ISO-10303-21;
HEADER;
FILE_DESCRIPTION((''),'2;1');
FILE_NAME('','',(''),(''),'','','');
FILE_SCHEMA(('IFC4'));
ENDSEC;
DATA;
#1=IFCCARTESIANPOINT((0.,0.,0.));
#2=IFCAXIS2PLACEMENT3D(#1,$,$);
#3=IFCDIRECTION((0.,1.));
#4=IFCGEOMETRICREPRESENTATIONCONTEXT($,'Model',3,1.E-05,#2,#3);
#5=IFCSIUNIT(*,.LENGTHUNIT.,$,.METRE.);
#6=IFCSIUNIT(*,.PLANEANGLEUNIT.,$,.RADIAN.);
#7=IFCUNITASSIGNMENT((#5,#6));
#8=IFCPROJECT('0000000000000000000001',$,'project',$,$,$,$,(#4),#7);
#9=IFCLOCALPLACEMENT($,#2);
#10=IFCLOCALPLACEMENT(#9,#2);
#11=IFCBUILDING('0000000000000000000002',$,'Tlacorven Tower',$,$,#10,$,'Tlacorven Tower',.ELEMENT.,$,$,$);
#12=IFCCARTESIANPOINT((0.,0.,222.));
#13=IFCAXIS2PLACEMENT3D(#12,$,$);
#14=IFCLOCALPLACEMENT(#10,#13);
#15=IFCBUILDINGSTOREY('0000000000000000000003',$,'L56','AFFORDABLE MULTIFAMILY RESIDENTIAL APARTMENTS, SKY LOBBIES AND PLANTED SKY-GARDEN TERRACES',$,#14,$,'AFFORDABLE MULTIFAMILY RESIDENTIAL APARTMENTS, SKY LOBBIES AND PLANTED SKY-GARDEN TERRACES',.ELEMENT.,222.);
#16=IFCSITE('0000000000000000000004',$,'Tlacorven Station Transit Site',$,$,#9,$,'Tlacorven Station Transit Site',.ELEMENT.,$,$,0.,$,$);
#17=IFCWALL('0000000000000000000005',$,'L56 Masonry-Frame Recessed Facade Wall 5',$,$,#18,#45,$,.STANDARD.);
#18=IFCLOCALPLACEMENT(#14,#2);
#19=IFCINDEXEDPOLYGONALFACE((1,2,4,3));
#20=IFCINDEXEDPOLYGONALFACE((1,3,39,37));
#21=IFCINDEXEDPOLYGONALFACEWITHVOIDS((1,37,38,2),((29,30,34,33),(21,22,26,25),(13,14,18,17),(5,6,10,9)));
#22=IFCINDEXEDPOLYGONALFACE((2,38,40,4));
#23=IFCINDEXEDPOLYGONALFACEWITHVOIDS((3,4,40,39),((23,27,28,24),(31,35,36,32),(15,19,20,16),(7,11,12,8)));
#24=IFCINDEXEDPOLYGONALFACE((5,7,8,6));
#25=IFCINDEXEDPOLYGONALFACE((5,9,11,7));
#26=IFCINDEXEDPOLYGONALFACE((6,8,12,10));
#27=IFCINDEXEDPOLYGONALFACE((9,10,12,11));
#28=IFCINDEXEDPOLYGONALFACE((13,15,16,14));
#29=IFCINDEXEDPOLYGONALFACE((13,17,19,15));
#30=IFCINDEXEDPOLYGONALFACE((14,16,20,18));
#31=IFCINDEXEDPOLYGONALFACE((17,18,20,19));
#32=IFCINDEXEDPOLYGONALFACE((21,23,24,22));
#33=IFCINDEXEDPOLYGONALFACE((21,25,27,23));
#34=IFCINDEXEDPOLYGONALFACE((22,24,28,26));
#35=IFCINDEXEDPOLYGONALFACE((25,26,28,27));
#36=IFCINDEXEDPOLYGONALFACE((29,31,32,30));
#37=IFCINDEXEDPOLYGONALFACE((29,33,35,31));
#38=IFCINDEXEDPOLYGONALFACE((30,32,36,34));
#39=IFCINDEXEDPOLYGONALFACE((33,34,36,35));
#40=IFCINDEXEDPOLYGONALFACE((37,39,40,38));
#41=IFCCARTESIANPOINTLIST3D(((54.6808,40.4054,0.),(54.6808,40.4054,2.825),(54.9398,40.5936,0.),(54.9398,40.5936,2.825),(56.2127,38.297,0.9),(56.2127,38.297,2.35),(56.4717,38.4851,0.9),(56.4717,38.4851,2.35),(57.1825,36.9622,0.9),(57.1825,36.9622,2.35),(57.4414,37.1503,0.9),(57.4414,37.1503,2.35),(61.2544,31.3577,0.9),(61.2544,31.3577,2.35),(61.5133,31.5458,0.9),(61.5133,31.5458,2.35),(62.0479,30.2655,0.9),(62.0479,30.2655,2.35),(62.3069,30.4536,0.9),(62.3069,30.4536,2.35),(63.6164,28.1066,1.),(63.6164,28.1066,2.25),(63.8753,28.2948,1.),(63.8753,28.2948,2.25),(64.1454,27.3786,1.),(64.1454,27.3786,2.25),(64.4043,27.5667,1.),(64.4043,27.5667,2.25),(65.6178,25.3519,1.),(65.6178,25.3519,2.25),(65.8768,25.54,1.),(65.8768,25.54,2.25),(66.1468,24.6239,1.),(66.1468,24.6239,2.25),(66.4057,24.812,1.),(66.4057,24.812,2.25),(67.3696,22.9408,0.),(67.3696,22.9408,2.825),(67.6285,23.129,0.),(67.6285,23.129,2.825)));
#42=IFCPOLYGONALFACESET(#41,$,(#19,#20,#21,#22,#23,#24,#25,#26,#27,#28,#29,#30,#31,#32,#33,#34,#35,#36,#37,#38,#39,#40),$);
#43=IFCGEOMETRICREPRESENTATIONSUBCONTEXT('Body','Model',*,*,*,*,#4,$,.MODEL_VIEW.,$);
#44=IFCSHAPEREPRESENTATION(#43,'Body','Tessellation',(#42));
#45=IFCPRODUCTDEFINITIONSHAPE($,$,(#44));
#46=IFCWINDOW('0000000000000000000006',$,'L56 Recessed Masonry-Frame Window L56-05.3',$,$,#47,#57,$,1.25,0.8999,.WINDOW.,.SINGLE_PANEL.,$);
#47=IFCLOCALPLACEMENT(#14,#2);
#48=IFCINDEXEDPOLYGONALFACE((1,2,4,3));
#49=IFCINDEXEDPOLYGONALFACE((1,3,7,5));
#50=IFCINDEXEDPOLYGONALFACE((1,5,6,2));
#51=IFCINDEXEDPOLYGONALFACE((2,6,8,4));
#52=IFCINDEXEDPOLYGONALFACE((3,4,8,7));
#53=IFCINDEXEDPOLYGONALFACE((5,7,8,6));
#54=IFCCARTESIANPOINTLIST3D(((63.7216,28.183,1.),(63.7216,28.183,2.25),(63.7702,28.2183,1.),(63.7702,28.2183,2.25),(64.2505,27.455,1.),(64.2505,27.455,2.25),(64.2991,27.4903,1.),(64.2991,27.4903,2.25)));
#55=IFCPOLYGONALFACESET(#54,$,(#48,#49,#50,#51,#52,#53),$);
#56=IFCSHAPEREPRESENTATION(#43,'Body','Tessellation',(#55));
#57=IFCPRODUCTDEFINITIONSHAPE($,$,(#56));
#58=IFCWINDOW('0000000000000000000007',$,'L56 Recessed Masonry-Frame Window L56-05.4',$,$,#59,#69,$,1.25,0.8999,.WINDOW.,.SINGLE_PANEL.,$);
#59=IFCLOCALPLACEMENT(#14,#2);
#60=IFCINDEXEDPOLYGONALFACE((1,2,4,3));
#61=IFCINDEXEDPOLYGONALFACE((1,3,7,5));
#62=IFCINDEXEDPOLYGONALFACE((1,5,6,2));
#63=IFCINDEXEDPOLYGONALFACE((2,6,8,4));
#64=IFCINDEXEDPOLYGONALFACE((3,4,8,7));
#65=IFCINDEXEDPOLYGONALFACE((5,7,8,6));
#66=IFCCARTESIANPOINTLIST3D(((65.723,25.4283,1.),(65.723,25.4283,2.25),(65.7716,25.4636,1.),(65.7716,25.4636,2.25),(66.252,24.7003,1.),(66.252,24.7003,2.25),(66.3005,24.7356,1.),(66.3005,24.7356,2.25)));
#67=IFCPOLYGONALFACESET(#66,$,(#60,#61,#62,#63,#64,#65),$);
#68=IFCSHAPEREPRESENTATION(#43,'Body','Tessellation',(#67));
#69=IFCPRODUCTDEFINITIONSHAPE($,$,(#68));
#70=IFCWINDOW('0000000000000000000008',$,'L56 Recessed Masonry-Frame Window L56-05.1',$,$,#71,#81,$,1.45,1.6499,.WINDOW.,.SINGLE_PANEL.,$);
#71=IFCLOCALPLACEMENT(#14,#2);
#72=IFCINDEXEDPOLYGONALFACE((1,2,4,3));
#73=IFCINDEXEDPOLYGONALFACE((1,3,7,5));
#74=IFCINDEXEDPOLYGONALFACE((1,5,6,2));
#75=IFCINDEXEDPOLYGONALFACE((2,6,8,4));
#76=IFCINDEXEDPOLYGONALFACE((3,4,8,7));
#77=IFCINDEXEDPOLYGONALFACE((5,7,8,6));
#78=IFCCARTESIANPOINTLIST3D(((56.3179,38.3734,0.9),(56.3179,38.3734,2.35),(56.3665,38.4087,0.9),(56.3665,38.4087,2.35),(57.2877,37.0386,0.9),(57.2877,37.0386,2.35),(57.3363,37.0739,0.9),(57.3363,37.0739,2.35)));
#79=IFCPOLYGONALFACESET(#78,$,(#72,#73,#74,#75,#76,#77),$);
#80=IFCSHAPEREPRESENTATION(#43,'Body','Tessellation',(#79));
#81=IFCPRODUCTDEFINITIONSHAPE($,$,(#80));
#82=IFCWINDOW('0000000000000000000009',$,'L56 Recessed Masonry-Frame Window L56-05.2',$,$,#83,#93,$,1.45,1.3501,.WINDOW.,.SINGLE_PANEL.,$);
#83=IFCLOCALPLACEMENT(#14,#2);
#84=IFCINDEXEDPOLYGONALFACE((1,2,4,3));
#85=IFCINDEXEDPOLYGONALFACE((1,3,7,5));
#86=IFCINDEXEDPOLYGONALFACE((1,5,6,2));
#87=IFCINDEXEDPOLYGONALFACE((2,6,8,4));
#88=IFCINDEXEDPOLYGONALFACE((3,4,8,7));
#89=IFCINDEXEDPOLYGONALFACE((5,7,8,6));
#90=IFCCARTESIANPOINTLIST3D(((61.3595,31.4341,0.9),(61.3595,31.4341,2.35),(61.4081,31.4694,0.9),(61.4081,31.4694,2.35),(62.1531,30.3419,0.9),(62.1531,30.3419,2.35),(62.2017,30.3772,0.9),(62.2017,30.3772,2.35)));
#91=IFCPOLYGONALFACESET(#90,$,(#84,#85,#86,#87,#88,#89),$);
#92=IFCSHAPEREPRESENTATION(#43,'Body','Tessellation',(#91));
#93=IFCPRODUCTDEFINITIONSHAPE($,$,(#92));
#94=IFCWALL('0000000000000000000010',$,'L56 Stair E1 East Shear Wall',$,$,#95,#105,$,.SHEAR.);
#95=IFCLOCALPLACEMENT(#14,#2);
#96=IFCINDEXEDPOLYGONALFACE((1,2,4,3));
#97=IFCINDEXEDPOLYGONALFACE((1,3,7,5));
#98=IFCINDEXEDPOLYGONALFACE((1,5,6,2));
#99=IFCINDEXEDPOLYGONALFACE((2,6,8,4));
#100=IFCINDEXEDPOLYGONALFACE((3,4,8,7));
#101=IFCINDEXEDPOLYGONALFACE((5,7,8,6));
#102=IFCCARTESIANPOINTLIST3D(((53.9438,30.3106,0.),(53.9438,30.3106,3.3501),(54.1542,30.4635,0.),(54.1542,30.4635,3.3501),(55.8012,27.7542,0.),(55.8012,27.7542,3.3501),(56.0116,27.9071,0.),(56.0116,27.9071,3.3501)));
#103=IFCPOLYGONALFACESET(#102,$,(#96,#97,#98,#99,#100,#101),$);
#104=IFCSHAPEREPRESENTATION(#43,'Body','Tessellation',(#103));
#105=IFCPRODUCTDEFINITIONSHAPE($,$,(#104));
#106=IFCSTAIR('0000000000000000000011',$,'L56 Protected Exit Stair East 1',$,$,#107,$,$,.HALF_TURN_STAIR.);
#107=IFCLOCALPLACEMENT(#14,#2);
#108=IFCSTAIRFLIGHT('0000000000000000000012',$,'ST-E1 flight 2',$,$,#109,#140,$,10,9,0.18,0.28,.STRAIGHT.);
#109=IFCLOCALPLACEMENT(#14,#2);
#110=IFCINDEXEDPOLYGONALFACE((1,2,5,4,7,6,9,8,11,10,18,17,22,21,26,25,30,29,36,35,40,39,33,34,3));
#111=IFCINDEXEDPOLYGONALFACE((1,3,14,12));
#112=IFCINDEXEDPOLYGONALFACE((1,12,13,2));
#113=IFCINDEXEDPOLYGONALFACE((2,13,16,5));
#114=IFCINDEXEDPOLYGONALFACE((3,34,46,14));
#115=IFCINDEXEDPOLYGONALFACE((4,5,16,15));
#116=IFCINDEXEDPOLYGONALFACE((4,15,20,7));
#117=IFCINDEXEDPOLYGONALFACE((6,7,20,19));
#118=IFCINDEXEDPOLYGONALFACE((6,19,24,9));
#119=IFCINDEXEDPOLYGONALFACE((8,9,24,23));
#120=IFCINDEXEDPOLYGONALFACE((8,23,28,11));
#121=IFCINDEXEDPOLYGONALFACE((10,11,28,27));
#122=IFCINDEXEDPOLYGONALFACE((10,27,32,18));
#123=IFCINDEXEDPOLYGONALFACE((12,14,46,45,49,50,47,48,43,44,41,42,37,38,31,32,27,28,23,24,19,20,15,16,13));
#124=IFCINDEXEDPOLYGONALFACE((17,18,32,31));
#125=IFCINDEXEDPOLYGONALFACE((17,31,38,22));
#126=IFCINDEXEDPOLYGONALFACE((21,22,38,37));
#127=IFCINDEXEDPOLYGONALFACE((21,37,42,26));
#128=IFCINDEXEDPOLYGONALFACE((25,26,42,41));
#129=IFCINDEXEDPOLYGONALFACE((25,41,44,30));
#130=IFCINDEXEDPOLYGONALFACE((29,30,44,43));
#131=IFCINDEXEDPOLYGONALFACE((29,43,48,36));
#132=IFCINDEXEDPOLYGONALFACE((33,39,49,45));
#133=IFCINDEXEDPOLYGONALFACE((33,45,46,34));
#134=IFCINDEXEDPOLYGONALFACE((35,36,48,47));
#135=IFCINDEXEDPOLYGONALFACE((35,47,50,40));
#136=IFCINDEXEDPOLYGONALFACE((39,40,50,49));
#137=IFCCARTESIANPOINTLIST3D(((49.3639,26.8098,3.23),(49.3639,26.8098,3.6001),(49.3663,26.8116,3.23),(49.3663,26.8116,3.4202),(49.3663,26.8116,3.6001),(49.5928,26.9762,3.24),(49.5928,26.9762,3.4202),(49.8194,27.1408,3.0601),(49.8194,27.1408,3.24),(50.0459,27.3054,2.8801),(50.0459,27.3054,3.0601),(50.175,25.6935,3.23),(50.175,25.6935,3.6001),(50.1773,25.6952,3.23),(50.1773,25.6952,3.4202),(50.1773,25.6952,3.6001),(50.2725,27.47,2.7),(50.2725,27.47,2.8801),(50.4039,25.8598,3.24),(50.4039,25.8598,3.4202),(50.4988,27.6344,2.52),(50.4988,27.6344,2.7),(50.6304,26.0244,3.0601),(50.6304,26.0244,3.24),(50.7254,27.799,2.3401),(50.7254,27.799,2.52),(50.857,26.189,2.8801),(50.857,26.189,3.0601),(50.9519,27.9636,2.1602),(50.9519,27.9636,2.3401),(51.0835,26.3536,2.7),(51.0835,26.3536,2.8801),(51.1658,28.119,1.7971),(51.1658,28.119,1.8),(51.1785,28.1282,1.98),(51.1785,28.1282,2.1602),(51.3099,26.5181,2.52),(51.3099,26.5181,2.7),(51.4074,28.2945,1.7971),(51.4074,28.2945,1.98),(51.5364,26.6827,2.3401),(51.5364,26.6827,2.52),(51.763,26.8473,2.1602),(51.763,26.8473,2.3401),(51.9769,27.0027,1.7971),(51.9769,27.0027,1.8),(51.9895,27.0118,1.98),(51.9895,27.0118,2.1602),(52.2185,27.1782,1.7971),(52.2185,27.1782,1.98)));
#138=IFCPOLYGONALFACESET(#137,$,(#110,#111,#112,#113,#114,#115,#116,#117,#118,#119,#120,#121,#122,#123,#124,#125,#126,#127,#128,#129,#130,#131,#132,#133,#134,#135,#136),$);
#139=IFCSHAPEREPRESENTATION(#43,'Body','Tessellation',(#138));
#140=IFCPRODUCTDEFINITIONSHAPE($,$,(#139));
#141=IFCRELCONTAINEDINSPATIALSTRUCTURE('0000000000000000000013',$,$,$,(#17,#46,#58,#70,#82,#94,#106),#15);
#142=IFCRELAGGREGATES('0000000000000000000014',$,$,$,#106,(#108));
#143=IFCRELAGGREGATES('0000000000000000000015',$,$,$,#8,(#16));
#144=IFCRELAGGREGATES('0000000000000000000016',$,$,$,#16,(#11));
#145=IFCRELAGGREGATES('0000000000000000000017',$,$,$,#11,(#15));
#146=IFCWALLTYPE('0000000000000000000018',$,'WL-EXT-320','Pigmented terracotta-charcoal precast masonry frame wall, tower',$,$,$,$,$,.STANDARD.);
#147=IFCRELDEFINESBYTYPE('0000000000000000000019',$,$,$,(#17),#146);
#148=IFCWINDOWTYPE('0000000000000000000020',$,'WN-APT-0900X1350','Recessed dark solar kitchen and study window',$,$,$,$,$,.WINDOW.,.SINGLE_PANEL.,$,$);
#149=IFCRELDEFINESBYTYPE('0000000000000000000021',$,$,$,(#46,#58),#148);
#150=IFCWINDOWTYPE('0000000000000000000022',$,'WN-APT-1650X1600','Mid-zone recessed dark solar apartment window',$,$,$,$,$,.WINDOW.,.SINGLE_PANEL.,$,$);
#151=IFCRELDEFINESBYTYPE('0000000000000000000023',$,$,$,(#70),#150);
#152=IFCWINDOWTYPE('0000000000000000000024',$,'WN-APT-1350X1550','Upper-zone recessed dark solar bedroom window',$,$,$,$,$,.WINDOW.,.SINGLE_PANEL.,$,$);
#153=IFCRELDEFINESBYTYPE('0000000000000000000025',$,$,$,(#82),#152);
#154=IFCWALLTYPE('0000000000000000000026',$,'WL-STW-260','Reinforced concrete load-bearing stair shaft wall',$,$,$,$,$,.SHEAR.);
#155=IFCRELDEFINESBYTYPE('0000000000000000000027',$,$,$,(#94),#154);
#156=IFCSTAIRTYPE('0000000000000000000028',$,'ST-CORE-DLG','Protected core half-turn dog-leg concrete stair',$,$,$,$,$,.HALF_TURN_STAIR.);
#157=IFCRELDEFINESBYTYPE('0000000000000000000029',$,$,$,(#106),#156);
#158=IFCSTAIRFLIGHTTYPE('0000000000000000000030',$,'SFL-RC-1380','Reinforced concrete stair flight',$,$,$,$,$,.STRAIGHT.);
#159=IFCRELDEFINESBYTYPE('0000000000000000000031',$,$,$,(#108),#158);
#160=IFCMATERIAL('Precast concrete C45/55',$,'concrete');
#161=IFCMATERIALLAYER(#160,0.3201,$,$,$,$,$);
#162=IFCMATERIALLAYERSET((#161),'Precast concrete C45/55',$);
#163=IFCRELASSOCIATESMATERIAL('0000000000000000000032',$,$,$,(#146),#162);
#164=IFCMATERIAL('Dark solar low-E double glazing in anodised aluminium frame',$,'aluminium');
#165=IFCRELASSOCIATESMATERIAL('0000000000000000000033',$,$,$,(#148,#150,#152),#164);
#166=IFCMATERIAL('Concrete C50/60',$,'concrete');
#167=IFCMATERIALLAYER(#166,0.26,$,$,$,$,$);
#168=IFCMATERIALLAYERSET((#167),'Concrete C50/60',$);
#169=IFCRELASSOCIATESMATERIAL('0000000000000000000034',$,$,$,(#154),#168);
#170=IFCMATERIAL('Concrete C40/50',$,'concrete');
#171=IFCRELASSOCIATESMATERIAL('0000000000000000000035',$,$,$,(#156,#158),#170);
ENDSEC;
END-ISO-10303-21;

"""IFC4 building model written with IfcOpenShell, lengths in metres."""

from ifc_helpers import new_model, si_unit, direction, frame, frame_2d, origin, place, context, subcontext, project, spatial, polyline, rectangle, outline, extrude, source, transform, mapped, material, layer, layer_set, type_object, element, fill, aggregate, save


model = new_model("IFC4")

# Units and contexts
model_context = context("Model", 3, precision=1e-05, world=origin(), true_north=direction((0.0, 1.0)))
body_context = subcontext(model_context, "Body", "Model", "MODEL_VIEW")
ifc_project = project(units=[si_unit("LENGTHUNIT", "METRE"), si_unit("PLANEANGLEUNIT", "RADIAN")], contexts=[model_context])

# Site, building, storey
site_placement = place(None, origin())
site = spatial("IfcSite", under=ifc_project, at=site_placement, Name="Tlacorven Station Transit Site", LongName="Tlacorven Station Transit Site", CompositionType="ELEMENT", RefElevation=0.0)
building_placement = place(site_placement, origin())
building = spatial("IfcBuilding", under=site, at=building_placement, Name="Tlacorven Tower", LongName="Tlacorven Tower", CompositionType="ELEMENT")
storey_placement = place(building_placement, frame((0.0, 0.0, 222.0)))
storey = spatial("IfcBuildingStorey", under=building, at=storey_placement, Name="L56", Description="AFFORDABLE MULTIFAMILY RESIDENTIAL APARTMENTS, SKY LOBBIES AND PLANTED SKY-GARDEN TERRACES", LongName="AFFORDABLE MULTIFAMILY RESIDENTIAL APARTMENTS, SKY LOBBIES AND PLANTED SKY-GARDEN TERRACES", CompositionType="ELEMENT", Elevation=222.0)

# Wall, openings, windows
ifc_material_1 = material(Name="Precast concrete C45/55", Category="concrete")
ifc_layer_1 = layer(ifc_material_1, 0.3201)
ifc_layer_set_1 = layer_set([ifc_layer_1], Name="Precast concrete C45/55")
wall_type_1 = type_object("IfcWallType", Name="WL-EXT-320", Description="Pigmented terracotta-charcoal precast masonry frame wall, tower", PredefinedType="STANDARD", material=ifc_layer_set_1)
wall_1_placement = place(storey_placement, frame((54.8103, 40.4995, 0.0), z_axis=(0.0, 0.0, 1.0), x_axis=(0.587784, -0.809018, 0.0)))
wall_1 = element("IfcWall", 1, at=wall_1_placement, inside=storey, type_object=wall_type_1, Name="L56 Masonry-Frame Recessed Facade Wall 5", PredefinedType="STANDARD", context=body_context, shape_type="SweptSolid", body=[
    extrude(rectangle(XDim=21.5874, YDim=0.3201, at=frame_2d((10.7937, 0.0))), origin(), (0.0, 0.0, 1.0), 2.825),
])
opening_1_placement = place(wall_1_placement, frame((2.6062, 0.0, 0.8999)))
opening_1 = element("IfcOpeningElement", 2, at=opening_1_placement, cuts=wall_1, PredefinedType="OPENING", context=body_context, shape_type="SweptSolid", body=[
    extrude(rectangle(XDim=1.6499, YDim=1.45, at=frame_2d((0.825, 0.7251))), frame((0.0, 0.1699, 0.0), z_axis=(0.0, -1.0, 0.0), x_axis=(1.0, 0.0, 0.0)), (0.0, 0.0, 1.0), 0.3401),
])
opening_2_placement = place(wall_1_placement, frame((11.1836, 0.0, 0.8999)))
opening_2 = element("IfcOpeningElement", 3, at=opening_2_placement, cuts=wall_1, PredefinedType="OPENING", context=body_context, shape_type="SweptSolid", body=[
    extrude(rectangle(XDim=1.3501, YDim=1.45, at=frame_2d((0.675, 0.7251))), frame((0.0, 0.1699, 0.0), z_axis=(0.0, -1.0, 0.0), x_axis=(1.0, 0.0, 0.0)), (0.0, 0.0, 1.0), 0.3401),
])
opening_3_placement = place(wall_1_placement, frame((15.2021, 0.0, 1.0)))
opening_3 = element("IfcOpeningElement", 4, at=opening_3_placement, cuts=wall_1, PredefinedType="OPENING", context=body_context, shape_type="SweptSolid", body=[
    extrude(rectangle(XDim=0.8999, YDim=1.25, at=frame_2d((0.45, 0.625))), frame((0.0, 0.1699, 0.0), z_axis=(0.0, -1.0, 0.0), x_axis=(1.0, 0.0, 0.0)), (0.0, 0.0, 1.0), 0.3401),
])
opening_4_placement = place(wall_1_placement, frame((18.6072, 0.0, 1.0)))
opening_4 = element("IfcOpeningElement", 5, at=opening_4_placement, cuts=wall_1, PredefinedType="OPENING", context=body_context, shape_type="SweptSolid", body=[
    extrude(rectangle(XDim=0.8999, YDim=1.25, at=frame_2d((0.45, 0.625))), frame((0.0, 0.1699, 0.0), z_axis=(0.0, -1.0, 0.0), x_axis=(1.0, 0.0, 0.0)), (0.0, 0.0, 1.0), 0.3401),
])
ifc_material_2 = material(Name="Dark solar low-E double glazing in anodised aluminium frame", Category="aluminium")
window_type_1 = type_object("IfcWindowType", Name="WN-APT-0900X1350", Description="Recessed dark solar kitchen and study window", PartitioningType="SINGLE_PANEL", PredefinedType="WINDOW", material=ifc_material_2)
shared_shape_1 = source(origin(), body_context, "Body", "SweptSolid", [
    extrude(rectangle(XDim=0.8999, YDim=1.25, at=frame_2d((0.45, 0.625))), frame((0.0, 0.03, 0.0), z_axis=(0.0, -1.0, 0.0), x_axis=(1.0, 0.0, 0.0)), (0.0, 0.0, 1.0), 0.0601),
])
window_1_placement = place(opening_3_placement, origin())
window_1 = element("IfcWindow", 6, at=window_1_placement, inside=storey, type_object=window_type_1, Name="L56 Recessed Masonry-Frame Window L56-05.3", OverallHeight=1.25, OverallWidth=0.8999, PartitioningType="SINGLE_PANEL", PredefinedType="WINDOW", context=body_context, shape_type="MappedRepresentation", body=[
    mapped(shared_shape_1, transform((0.0, 0.0, 0.0), scale=1.0)),
])
fill(opening_3, window_1)
window_2_placement = place(opening_4_placement, origin())
window_2 = element("IfcWindow", 7, at=window_2_placement, inside=storey, type_object=window_type_1, Name="L56 Recessed Masonry-Frame Window L56-05.4", OverallHeight=1.25, OverallWidth=0.8999, PartitioningType="SINGLE_PANEL", PredefinedType="WINDOW", context=body_context, shape_type="MappedRepresentation", body=[
    mapped(shared_shape_1, transform((0.0, 0.0, 0.0), scale=1.0)),
])
fill(opening_4, window_2)
window_type_2 = type_object("IfcWindowType", Name="WN-APT-1650X1600", Description="Mid-zone recessed dark solar apartment window", PartitioningType="SINGLE_PANEL", PredefinedType="WINDOW", material=ifc_material_2)
shared_shape_2 = source(origin(), body_context, "Body", "SweptSolid", [
    extrude(rectangle(XDim=1.6499, YDim=1.45, at=frame_2d((0.825, 0.7251))), frame((0.0, 0.03, 0.0), z_axis=(0.0, -1.0, 0.0), x_axis=(1.0, 0.0, 0.0)), (0.0, 0.0, 1.0), 0.0601),
])
window_3_placement = place(opening_1_placement, origin())
window_3 = element("IfcWindow", 8, at=window_3_placement, inside=storey, type_object=window_type_2, Name="L56 Recessed Masonry-Frame Window L56-05.1", OverallHeight=1.45, OverallWidth=1.6499, PartitioningType="SINGLE_PANEL", PredefinedType="WINDOW", context=body_context, shape_type="MappedRepresentation", body=[
    mapped(shared_shape_2, transform((0.0, 0.0, 0.0), scale=1.0)),
])
fill(opening_1, window_3)
window_type_3 = type_object("IfcWindowType", Name="WN-APT-1350X1550", Description="Upper-zone recessed dark solar bedroom window", PartitioningType="SINGLE_PANEL", PredefinedType="WINDOW", material=ifc_material_2)
shared_shape_3 = source(origin(), body_context, "Body", "SweptSolid", [
    extrude(rectangle(XDim=1.3501, YDim=1.45, at=frame_2d((0.675, 0.7251))), frame((0.0, 0.03, 0.0), z_axis=(0.0, -1.0, 0.0), x_axis=(1.0, 0.0, 0.0)), (0.0, 0.0, 1.0), 0.0601),
])
window_4_placement = place(opening_2_placement, origin())
window_4 = element("IfcWindow", 9, at=window_4_placement, inside=storey, type_object=window_type_3, Name="L56 Recessed Masonry-Frame Window L56-05.2", OverallHeight=1.45, OverallWidth=1.3501, PartitioningType="SINGLE_PANEL", PredefinedType="WINDOW", context=body_context, shape_type="MappedRepresentation", body=[
    mapped(shared_shape_3, transform((0.0, 0.0, 0.0), scale=1.0)),
])
fill(opening_2, window_4)

# Wall
ifc_material_3 = material(Name="Concrete C50/60", Category="concrete")
ifc_layer_2 = layer(ifc_material_3, 0.26)
ifc_layer_set_2 = layer_set([ifc_layer_2], Name="Concrete C50/60")
wall_type_2 = type_object("IfcWallType", Name="WL-STW-260", Description="Reinforced concrete load-bearing stair shaft wall", PredefinedType="SHEAR", material=ifc_layer_set_2)
wall_2_placement = place(storey_placement, frame((55.9065, 27.8306, 0.0), z_axis=(0.0, 0.0, 1.0), x_axis=(-0.587804, 0.809003, 0.0)))
element("IfcWall", 10, at=wall_2_placement, inside=storey, type_object=wall_type_2, Name="L56 Stair E1 East Shear Wall", PredefinedType="SHEAR", context=body_context, shape_type="SweptSolid", body=[
    extrude(rectangle(XDim=3.1599, YDim=0.26, at=frame_2d((1.5801, 0.0))), origin(), (0.0, 0.0, 1.0), 3.3501),
])

# Stair, stair flight
ifc_material_4 = material(Name="Concrete C40/50", Category="concrete")
stair_type = type_object("IfcStairType", Name="ST-CORE-DLG", Description="Protected core half-turn dog-leg concrete stair", PredefinedType="HALF_TURN_STAIR", material=ifc_material_4)
stair_placement = place(storey_placement, origin())
stair = element("IfcStair", 11, at=stair_placement, inside=storey, type_object=stair_type, Name="L56 Protected Exit Stair East 1", PredefinedType="HALF_TURN_STAIR")
stair_flight_type = type_object("IfcStairFlightType", Name="SFL-RC-1380", Description="Reinforced concrete stair flight", PredefinedType="STRAIGHT", material=ifc_material_4)
shared_shape_4 = source(origin(), body_context, "Body", "SweptSolid", [
    extrude(outline(polyline([(-0.0029, -0.0029), (-0.0029, 0.1799), (0.28, 0.1799), (0.28, 0.3601), (0.5601, 0.3601), (0.5601, 0.54), (0.8401, 0.54), (0.8401, 0.72), (1.1201, 0.72), (1.1201, 0.8999), (1.3999, 0.8999), (1.3999, 1.0801), (1.6799, 1.0801), (1.6799, 1.26), (1.96, 1.26), (1.96, 1.4399), (2.24, 1.4399), (2.24, 1.6201), (2.52, 1.6201), (2.52, 1.8), (2.5229, 1.8), (2.5229, 1.4299), (2.52, 1.4299), (0.2957, 0.0), (0.2957, -0.0029), (-0.0029, -0.0029)])), frame((0.0, 0.6899, 0.0), z_axis=(0.0, -1.0, 0.0), x_axis=(1.0, 0.0, 0.0)), (0.0, 0.0, 1.0), 1.3799),
])
stair_flight_placement = place(storey_placement, frame((51.8105, 27.7346, 1.8), z_axis=(0.0, 0.0, 1.0), x_axis=(-0.809017, -0.587785, 0.0)))
stair_flight = element("IfcStairFlight", 12, at=stair_flight_placement, type_object=stair_flight_type, Name="ST-E1 flight 2", NumberOfRisers=10, NumberOfTreads=9, PredefinedType="STRAIGHT", RiserHeight=0.18, TreadLength=0.28, context=body_context, shape_type="MappedRepresentation", body=[
    mapped(shared_shape_4, transform((0.0, 0.0, 0.0), scale=1.0)),
])
aggregate(stair, [stair_flight])

save(model, "model.ifc")
